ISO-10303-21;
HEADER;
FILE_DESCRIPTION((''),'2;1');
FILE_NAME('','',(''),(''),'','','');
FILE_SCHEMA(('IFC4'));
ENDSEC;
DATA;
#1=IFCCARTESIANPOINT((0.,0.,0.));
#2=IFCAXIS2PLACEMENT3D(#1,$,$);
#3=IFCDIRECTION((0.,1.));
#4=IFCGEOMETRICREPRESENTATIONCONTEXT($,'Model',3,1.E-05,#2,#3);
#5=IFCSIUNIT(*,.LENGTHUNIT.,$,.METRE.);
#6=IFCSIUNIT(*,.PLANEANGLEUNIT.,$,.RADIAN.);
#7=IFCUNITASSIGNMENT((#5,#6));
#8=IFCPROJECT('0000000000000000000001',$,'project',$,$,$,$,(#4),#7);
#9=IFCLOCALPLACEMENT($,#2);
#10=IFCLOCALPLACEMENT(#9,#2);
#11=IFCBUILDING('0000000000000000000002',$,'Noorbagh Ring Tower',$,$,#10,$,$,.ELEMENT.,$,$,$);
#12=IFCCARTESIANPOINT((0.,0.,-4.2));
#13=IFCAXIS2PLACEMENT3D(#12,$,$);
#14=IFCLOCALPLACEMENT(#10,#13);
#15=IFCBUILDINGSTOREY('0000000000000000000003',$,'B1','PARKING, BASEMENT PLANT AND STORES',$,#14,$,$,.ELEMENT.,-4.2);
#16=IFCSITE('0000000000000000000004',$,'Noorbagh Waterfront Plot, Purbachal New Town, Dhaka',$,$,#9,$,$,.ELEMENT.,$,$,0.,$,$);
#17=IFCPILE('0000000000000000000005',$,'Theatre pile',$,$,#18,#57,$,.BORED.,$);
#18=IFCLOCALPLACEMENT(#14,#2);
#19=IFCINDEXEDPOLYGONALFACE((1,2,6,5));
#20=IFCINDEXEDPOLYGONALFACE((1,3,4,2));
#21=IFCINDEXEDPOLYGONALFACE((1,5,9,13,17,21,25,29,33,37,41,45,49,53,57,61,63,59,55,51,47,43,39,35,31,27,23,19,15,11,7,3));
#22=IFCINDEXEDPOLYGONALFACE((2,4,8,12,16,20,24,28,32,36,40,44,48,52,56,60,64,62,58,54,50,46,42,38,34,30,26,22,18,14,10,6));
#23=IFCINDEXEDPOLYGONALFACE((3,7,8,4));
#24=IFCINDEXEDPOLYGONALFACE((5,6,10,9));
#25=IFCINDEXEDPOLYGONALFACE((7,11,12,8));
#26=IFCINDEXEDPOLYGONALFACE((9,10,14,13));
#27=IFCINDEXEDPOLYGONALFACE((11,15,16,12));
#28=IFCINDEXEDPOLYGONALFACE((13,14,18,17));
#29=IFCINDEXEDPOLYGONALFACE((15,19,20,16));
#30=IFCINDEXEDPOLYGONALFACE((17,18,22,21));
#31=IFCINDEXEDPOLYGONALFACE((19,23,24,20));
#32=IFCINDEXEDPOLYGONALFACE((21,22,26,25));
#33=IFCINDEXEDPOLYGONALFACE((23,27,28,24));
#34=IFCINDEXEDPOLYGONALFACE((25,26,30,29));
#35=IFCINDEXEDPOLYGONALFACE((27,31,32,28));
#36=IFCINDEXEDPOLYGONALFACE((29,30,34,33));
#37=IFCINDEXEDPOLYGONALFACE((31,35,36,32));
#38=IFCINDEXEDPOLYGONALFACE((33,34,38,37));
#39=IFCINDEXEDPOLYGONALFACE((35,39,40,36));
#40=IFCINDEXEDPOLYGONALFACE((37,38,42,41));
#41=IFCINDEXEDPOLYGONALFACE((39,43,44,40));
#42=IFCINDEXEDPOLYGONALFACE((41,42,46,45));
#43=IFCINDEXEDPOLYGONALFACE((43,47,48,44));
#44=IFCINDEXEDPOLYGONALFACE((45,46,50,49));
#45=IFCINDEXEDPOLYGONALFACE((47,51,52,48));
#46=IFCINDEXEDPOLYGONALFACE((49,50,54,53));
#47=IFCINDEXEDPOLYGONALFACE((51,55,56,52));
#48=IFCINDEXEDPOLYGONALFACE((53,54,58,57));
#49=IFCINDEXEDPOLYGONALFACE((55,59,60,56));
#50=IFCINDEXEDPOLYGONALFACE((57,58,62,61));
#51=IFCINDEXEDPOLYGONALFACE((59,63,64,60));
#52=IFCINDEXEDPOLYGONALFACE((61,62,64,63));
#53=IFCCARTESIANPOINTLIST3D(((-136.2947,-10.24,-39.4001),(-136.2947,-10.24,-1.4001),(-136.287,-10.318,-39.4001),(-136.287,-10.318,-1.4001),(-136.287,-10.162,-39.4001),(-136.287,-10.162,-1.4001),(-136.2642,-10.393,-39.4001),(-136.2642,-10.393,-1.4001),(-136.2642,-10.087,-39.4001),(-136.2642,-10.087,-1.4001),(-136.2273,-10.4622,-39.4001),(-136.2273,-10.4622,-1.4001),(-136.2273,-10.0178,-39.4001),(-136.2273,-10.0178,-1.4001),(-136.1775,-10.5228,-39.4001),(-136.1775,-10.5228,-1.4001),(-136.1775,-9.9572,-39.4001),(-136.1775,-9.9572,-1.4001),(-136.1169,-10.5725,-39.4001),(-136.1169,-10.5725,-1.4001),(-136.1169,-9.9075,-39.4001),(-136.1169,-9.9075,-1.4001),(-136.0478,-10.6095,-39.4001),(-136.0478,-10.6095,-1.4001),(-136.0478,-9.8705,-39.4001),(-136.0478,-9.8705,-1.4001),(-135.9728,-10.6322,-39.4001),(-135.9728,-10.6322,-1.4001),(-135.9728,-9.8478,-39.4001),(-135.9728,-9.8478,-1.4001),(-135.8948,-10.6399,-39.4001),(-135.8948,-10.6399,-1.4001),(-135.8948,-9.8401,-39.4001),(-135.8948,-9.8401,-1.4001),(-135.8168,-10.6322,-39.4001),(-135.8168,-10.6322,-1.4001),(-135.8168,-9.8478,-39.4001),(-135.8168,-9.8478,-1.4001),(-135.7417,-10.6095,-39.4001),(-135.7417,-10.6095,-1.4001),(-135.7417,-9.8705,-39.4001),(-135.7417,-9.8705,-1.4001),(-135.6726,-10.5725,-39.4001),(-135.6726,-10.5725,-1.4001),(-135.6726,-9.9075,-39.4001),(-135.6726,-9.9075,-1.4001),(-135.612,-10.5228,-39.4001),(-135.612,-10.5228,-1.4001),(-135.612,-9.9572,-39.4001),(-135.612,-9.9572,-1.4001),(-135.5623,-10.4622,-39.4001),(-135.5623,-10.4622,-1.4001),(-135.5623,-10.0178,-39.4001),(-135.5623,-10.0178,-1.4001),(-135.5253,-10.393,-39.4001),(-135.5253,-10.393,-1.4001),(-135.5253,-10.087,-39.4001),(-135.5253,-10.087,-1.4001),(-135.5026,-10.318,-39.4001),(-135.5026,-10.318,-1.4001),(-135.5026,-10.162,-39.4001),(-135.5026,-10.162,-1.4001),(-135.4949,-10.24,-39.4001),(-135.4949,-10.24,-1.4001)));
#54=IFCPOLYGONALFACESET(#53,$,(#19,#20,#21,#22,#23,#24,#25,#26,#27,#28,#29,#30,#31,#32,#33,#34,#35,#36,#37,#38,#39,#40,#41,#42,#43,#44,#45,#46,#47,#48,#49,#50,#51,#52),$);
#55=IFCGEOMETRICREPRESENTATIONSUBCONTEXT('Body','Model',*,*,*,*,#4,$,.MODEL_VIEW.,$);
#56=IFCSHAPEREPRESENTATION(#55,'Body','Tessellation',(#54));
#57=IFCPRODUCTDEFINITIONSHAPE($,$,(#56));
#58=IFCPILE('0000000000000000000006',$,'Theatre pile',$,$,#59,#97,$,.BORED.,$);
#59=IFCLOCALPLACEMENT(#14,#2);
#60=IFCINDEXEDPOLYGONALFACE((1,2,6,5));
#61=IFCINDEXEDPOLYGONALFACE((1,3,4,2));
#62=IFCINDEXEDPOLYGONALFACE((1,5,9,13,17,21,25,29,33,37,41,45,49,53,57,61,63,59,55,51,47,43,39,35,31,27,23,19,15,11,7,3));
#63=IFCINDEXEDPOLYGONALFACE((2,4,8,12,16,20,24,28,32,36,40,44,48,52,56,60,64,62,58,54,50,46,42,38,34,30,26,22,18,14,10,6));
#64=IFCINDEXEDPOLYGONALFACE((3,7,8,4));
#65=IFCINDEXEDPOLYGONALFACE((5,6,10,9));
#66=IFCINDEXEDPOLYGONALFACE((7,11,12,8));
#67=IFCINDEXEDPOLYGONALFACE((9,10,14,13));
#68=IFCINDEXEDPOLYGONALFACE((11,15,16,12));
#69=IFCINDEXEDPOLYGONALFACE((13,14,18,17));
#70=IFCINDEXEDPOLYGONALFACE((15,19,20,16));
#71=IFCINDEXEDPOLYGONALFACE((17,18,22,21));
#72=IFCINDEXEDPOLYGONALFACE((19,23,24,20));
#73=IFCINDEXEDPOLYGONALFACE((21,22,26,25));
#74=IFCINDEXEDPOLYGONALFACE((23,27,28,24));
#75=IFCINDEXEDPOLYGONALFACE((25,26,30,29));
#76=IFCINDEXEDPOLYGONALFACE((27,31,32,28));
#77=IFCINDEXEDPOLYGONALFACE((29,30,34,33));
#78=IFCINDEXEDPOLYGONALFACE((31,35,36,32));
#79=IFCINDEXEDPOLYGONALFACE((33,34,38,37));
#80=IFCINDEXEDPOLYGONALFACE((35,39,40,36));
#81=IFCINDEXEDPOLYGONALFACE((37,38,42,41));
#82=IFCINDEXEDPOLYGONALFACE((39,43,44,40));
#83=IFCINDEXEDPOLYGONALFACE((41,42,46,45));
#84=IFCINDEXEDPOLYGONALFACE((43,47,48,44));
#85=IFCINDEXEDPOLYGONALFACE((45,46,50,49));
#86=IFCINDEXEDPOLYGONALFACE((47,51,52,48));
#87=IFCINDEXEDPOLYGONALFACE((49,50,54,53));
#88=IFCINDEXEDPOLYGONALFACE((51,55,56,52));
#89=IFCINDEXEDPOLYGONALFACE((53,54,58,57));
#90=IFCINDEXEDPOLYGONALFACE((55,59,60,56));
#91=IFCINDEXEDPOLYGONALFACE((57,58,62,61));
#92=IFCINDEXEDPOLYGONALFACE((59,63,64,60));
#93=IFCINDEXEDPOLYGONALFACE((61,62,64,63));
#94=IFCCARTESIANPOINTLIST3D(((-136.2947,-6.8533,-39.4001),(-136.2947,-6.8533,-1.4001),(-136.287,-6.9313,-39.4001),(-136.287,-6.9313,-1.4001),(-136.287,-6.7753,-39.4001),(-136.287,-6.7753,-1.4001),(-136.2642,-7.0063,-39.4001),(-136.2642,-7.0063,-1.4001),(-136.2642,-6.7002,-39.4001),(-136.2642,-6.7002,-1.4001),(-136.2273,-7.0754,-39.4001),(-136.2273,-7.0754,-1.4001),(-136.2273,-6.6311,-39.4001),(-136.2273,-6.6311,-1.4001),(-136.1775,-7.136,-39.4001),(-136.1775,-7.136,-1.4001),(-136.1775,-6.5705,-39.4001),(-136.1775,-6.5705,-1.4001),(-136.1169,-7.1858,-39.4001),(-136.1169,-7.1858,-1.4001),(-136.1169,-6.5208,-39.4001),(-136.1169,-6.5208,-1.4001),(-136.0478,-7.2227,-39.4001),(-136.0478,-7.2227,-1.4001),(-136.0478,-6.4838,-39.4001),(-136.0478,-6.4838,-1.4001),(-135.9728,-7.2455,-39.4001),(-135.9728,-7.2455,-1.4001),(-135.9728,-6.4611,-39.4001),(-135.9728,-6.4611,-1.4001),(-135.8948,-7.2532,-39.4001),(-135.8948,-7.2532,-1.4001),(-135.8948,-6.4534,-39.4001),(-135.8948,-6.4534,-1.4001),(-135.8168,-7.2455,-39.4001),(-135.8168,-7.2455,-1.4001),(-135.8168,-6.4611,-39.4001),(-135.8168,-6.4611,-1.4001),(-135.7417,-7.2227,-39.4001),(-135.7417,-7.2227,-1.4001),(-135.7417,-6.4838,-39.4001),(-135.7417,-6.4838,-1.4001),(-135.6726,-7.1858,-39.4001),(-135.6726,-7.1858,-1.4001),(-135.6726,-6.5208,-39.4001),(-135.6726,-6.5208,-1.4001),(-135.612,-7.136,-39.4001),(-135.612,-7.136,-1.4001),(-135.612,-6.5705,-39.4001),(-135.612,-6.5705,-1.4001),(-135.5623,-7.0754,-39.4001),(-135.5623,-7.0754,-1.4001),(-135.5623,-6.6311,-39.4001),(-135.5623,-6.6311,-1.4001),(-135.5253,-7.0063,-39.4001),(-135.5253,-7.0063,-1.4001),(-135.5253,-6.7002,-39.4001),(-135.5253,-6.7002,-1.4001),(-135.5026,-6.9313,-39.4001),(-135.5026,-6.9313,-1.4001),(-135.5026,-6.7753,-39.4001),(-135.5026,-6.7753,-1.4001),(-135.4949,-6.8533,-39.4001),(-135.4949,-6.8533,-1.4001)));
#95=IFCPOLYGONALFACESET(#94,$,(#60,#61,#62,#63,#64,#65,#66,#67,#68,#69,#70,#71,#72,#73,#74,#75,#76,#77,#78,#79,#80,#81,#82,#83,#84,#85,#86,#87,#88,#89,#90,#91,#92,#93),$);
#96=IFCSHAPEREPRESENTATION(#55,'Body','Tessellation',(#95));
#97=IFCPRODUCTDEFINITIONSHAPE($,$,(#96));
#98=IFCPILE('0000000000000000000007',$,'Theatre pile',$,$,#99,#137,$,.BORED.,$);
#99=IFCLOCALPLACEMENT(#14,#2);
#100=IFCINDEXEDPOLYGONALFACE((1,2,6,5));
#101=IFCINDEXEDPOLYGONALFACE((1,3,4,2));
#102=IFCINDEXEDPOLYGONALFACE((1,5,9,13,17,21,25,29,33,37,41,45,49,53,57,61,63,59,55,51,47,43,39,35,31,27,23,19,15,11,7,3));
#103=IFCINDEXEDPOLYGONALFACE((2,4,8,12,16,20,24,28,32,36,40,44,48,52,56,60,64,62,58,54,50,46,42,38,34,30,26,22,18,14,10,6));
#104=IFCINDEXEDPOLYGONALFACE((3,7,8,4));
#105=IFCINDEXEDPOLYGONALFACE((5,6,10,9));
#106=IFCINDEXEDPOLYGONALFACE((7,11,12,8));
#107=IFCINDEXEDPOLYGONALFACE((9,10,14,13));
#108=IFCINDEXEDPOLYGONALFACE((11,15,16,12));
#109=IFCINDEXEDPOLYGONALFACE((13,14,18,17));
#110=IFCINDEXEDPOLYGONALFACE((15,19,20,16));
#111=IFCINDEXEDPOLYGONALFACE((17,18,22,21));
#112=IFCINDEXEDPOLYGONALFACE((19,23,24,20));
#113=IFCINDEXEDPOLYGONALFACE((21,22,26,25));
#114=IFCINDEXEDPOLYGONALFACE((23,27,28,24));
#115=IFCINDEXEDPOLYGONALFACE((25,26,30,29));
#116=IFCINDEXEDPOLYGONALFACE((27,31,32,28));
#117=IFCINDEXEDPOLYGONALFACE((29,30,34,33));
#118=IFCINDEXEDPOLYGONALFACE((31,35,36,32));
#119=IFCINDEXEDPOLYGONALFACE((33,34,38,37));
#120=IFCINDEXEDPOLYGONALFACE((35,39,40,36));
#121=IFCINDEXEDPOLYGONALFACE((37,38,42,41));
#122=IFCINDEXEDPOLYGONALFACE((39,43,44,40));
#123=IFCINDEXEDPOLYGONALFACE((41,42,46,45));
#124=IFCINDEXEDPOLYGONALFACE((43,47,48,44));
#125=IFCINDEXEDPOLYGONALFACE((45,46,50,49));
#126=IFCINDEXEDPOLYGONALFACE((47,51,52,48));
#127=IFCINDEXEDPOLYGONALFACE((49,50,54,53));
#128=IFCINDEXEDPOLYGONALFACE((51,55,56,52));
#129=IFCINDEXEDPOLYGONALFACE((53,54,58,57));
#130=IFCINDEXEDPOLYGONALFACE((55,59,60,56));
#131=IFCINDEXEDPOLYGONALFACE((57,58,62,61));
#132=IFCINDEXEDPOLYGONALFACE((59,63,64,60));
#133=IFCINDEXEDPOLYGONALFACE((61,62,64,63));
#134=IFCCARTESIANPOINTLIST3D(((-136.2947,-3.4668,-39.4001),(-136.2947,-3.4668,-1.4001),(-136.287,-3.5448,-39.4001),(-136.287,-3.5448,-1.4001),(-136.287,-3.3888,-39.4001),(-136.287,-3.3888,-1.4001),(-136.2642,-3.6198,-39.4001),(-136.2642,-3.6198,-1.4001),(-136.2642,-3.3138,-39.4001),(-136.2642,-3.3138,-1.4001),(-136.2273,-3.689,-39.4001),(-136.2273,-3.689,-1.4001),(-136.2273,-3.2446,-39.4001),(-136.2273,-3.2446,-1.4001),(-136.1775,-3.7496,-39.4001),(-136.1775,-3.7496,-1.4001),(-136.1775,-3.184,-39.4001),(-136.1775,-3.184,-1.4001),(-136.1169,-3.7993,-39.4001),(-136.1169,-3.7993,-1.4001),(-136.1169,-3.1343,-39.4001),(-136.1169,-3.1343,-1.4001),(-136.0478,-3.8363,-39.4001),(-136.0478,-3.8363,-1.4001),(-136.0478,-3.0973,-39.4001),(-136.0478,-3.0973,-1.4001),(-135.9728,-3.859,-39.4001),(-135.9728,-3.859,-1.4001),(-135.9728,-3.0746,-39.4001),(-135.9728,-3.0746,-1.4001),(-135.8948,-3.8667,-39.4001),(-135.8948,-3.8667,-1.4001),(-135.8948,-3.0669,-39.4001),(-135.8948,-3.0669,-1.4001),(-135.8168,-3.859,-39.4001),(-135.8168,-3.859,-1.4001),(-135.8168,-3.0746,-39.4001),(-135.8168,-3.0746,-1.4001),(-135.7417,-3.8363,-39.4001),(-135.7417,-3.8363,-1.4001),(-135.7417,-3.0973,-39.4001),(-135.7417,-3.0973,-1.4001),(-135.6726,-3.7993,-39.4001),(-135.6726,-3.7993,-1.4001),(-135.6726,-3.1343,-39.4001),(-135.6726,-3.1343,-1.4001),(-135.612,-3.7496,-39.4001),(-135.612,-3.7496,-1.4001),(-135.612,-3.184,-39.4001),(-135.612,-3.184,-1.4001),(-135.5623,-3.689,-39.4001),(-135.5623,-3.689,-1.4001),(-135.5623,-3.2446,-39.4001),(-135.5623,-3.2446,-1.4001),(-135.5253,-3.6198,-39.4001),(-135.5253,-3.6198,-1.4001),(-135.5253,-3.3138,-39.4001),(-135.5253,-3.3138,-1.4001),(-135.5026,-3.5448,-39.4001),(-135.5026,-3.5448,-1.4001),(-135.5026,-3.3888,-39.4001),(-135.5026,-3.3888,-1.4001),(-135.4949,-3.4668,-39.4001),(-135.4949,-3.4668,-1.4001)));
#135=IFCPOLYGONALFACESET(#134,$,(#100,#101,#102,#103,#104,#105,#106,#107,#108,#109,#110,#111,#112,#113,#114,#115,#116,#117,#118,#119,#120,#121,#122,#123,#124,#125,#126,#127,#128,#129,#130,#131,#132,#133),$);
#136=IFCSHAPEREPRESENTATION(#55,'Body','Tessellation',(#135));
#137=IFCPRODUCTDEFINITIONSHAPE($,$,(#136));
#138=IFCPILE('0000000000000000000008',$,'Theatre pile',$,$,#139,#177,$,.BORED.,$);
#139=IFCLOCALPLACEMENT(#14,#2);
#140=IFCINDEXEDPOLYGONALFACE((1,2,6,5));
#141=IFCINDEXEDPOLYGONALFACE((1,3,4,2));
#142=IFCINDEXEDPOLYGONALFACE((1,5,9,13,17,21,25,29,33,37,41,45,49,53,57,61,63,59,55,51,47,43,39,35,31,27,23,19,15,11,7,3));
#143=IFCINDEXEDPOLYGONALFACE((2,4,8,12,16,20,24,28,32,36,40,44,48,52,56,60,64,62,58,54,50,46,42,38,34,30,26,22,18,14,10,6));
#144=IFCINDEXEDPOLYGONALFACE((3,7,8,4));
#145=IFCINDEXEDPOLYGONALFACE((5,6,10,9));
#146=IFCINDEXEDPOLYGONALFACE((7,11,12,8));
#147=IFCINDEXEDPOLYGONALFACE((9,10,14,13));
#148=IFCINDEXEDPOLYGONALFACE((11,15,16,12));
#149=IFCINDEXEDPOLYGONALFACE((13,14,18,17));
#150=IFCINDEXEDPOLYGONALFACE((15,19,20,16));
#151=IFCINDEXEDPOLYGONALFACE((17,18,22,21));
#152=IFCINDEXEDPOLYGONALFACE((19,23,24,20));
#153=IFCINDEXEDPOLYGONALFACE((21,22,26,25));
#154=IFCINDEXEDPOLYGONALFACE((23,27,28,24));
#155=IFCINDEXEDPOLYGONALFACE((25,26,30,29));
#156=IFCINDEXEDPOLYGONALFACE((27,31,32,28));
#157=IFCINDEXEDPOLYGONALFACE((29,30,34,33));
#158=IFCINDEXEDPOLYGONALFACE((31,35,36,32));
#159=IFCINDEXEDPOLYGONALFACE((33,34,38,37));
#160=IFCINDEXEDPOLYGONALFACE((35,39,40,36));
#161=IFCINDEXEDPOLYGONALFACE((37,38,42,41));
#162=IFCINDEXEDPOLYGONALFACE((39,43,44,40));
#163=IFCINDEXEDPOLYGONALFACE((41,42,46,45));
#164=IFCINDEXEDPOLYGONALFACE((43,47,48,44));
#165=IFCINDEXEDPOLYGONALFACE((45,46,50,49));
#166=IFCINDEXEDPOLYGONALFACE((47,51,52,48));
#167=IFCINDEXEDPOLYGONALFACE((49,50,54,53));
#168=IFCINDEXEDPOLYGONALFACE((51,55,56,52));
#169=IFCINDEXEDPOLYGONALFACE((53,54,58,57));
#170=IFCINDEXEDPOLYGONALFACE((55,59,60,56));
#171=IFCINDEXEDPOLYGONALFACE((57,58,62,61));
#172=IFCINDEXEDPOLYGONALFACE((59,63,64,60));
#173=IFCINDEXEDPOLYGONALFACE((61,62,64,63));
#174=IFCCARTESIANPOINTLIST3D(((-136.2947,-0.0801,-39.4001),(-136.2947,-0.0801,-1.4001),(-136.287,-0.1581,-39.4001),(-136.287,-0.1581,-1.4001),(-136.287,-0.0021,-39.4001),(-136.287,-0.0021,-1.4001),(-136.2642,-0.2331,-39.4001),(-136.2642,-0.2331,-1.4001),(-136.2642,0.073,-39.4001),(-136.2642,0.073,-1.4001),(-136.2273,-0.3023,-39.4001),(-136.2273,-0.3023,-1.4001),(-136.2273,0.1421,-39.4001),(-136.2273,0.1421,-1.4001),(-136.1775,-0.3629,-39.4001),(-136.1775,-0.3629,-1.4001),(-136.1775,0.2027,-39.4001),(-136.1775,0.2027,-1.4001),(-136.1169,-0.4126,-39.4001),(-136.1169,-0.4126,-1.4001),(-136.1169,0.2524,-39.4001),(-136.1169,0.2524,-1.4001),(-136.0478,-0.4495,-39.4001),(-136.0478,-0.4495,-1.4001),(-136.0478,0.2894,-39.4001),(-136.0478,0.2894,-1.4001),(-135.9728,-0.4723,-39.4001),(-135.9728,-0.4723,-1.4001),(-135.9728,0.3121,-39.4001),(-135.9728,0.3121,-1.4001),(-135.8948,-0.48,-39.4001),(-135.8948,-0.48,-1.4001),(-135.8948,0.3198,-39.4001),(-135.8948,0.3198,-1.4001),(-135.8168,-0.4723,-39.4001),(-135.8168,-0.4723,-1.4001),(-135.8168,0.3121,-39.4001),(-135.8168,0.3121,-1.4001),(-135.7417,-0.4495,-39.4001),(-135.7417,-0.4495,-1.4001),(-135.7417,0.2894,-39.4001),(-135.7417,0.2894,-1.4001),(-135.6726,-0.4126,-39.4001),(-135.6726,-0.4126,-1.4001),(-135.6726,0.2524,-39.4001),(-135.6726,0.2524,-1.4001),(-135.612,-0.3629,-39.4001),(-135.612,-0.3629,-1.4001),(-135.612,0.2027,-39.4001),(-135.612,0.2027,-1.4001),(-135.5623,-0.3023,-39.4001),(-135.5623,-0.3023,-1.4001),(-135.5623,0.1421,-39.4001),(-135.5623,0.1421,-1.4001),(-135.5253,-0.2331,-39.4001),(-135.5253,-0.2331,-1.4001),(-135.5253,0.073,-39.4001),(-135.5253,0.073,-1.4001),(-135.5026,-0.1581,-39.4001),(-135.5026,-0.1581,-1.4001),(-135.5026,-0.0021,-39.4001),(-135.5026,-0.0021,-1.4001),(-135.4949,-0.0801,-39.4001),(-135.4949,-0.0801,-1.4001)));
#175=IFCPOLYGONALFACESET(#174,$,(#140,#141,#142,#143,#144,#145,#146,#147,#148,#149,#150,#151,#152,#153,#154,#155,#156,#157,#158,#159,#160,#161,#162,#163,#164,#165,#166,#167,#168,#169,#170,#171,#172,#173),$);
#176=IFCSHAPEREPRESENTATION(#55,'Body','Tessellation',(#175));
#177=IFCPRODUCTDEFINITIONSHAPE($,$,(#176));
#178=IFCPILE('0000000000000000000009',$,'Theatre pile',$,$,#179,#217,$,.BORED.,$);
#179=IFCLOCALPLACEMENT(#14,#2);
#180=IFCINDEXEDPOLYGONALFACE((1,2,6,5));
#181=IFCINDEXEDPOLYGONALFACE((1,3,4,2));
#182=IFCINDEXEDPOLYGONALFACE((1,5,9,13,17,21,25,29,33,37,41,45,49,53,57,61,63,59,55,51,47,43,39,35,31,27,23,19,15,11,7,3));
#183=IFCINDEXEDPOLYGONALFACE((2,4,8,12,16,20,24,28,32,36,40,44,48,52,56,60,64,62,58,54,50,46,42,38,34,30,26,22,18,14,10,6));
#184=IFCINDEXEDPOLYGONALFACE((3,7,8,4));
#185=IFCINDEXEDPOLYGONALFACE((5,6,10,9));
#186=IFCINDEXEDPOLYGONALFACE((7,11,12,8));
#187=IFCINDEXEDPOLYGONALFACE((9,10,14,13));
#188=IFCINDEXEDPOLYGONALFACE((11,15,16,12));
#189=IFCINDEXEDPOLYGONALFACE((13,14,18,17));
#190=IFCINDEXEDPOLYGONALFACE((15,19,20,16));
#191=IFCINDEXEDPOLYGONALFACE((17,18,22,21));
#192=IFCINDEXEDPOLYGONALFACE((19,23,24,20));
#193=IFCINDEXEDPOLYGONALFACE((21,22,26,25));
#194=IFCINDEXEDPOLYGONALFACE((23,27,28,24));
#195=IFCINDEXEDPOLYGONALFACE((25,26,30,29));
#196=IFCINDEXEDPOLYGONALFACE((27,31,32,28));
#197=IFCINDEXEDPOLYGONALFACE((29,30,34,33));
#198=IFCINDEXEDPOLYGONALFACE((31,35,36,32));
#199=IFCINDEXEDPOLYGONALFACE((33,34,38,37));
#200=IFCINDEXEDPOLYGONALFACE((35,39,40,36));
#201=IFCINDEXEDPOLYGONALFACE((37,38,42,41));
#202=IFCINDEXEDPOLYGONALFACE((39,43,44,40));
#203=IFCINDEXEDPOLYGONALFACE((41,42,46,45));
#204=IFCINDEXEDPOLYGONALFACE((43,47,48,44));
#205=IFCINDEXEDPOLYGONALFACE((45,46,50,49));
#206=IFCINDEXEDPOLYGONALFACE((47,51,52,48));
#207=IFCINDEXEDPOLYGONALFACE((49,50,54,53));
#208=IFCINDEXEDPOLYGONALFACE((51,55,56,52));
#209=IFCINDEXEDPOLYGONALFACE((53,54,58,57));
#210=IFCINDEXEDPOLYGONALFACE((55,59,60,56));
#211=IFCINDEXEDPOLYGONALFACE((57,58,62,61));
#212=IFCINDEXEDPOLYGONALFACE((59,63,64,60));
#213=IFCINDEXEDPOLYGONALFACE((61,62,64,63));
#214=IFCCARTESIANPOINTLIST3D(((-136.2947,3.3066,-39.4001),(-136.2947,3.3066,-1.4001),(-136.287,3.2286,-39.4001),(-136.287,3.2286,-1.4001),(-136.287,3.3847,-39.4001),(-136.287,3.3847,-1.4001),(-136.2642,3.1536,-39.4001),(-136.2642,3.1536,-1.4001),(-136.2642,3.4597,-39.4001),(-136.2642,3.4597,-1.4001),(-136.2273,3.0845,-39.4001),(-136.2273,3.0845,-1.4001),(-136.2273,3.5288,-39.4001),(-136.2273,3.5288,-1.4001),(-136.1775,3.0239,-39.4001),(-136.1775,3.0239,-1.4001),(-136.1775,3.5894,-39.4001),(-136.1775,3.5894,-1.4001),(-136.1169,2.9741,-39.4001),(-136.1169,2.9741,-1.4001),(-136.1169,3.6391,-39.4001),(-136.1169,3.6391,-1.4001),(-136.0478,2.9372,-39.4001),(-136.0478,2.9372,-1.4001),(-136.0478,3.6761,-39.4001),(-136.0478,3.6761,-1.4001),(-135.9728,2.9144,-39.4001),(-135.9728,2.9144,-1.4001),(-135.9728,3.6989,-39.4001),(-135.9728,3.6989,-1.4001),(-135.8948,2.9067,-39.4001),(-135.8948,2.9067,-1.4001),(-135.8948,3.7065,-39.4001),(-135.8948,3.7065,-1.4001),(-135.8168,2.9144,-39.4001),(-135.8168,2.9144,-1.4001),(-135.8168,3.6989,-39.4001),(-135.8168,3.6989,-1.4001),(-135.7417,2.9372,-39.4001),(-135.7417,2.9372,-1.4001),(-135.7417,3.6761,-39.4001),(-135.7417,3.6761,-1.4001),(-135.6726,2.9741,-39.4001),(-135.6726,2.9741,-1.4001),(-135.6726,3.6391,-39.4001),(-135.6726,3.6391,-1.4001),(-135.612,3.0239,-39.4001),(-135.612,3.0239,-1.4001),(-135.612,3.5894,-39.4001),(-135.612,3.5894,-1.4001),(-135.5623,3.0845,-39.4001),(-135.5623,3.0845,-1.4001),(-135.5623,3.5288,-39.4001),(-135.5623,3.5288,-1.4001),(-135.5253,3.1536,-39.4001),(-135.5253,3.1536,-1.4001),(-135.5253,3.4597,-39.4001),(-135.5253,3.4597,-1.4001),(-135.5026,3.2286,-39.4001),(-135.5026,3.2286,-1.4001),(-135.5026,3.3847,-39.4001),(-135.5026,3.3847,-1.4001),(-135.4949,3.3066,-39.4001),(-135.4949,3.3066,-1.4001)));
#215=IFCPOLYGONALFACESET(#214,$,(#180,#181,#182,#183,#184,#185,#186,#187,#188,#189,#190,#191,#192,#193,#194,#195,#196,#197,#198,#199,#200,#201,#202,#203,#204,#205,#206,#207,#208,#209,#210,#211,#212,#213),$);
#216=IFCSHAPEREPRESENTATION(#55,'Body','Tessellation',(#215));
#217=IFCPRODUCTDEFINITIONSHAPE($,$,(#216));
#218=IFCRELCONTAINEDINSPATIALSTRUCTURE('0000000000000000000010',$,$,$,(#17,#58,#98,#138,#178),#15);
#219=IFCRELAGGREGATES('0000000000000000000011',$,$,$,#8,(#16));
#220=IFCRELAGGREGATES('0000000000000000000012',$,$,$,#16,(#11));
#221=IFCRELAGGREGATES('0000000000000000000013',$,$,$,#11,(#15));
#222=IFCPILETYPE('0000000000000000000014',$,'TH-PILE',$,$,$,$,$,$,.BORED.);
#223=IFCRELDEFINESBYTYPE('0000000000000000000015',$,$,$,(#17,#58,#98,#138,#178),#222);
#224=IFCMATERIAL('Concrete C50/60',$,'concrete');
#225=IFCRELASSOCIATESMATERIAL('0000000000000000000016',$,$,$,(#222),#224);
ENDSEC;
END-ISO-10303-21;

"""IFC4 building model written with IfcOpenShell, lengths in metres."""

from ifc_helpers import new_model, si_unit, direction, frame, origin, origin_2d, place, context, subcontext, project, spatial, circle, extrude, material, material_profile, profile_set, type_object, element, save


model = new_model("IFC4")

# Units and contexts
model_context = context("Model", 3, precision=1e-05, world=origin(), true_north=direction((0.0, 1.0)))
body_context = subcontext(model_context, "Body", "Model", "MODEL_VIEW")
ifc_project = project(units=[si_unit("LENGTHUNIT", "METRE"), si_unit("PLANEANGLEUNIT", "RADIAN")], contexts=[model_context])

# Site, building, storey
site_placement = place(None, origin())
site = spatial("IfcSite", under=ifc_project, at=site_placement, Name="Noorbagh Waterfront Plot, Purbachal New Town, Dhaka", CompositionType="ELEMENT", RefElevation=0.0)
building_placement = place(site_placement, origin())
building = spatial("IfcBuilding", under=site, at=building_placement, Name="Noorbagh Ring Tower", CompositionType="ELEMENT")
storey_placement = place(building_placement, frame((0.0, 0.0, -4.2)))
storey = spatial("IfcBuildingStorey", under=building, at=storey_placement, Name="B1", Description="PARKING, BASEMENT PLANT AND STORES", CompositionType="ELEMENT", Elevation=-4.2)

# Piles
ifc_material_1 = material(Name="Concrete C50/60", Category="concrete")
ifc_material_profile = material_profile(ifc_material_1, circle(Radius=0.3999, at=origin_2d()), Name="PILE800")
ifc_profile_set = profile_set([ifc_material_profile], Name="Concrete C50/60")
pile_type = type_object("IfcPileType", Name="TH-PILE", PredefinedType="BORED", material=ifc_profile_set)
for number, where, z_axis, x_axis, name in (
    (1, (-135.8948, -10.24, -1.4001), (0.0, 0.0, -1.0), (1.0, 0.0, 0.0), "Theatre pile"),
    (2, (-135.8948, -6.8533, -1.4001), (0.0, 0.0, -1.0), (1.0, 0.0, 0.0), "Theatre pile"),
    (3, (-135.8948, -3.4668, -1.4001), (0.0, 0.0, -1.0), (1.0, 0.0, 0.0), "Theatre pile"),
    (4, (-135.8948, -0.0801, -1.4001), (0.0, 0.0, -1.0), (1.0, 0.0, 0.0), "Theatre pile"),
    (5, (-135.8948, 3.3066, -1.4001), (0.0, 0.0, -1.0), (1.0, 0.0, 0.0), "Theatre pile"),
):
    element("IfcPile", number, at=place(storey_placement, frame(where, z_axis=z_axis, x_axis=x_axis)), inside=storey, type_object=pile_type, Name=name, PredefinedType="BORED", context=body_context, shape_type="SweptSolid", body=[
        extrude(circle(Radius=0.3999, at=origin_2d()), origin(), (0.0, 0.0, 1.0), 38.0),
    ])

save(model, "model.ifc")
